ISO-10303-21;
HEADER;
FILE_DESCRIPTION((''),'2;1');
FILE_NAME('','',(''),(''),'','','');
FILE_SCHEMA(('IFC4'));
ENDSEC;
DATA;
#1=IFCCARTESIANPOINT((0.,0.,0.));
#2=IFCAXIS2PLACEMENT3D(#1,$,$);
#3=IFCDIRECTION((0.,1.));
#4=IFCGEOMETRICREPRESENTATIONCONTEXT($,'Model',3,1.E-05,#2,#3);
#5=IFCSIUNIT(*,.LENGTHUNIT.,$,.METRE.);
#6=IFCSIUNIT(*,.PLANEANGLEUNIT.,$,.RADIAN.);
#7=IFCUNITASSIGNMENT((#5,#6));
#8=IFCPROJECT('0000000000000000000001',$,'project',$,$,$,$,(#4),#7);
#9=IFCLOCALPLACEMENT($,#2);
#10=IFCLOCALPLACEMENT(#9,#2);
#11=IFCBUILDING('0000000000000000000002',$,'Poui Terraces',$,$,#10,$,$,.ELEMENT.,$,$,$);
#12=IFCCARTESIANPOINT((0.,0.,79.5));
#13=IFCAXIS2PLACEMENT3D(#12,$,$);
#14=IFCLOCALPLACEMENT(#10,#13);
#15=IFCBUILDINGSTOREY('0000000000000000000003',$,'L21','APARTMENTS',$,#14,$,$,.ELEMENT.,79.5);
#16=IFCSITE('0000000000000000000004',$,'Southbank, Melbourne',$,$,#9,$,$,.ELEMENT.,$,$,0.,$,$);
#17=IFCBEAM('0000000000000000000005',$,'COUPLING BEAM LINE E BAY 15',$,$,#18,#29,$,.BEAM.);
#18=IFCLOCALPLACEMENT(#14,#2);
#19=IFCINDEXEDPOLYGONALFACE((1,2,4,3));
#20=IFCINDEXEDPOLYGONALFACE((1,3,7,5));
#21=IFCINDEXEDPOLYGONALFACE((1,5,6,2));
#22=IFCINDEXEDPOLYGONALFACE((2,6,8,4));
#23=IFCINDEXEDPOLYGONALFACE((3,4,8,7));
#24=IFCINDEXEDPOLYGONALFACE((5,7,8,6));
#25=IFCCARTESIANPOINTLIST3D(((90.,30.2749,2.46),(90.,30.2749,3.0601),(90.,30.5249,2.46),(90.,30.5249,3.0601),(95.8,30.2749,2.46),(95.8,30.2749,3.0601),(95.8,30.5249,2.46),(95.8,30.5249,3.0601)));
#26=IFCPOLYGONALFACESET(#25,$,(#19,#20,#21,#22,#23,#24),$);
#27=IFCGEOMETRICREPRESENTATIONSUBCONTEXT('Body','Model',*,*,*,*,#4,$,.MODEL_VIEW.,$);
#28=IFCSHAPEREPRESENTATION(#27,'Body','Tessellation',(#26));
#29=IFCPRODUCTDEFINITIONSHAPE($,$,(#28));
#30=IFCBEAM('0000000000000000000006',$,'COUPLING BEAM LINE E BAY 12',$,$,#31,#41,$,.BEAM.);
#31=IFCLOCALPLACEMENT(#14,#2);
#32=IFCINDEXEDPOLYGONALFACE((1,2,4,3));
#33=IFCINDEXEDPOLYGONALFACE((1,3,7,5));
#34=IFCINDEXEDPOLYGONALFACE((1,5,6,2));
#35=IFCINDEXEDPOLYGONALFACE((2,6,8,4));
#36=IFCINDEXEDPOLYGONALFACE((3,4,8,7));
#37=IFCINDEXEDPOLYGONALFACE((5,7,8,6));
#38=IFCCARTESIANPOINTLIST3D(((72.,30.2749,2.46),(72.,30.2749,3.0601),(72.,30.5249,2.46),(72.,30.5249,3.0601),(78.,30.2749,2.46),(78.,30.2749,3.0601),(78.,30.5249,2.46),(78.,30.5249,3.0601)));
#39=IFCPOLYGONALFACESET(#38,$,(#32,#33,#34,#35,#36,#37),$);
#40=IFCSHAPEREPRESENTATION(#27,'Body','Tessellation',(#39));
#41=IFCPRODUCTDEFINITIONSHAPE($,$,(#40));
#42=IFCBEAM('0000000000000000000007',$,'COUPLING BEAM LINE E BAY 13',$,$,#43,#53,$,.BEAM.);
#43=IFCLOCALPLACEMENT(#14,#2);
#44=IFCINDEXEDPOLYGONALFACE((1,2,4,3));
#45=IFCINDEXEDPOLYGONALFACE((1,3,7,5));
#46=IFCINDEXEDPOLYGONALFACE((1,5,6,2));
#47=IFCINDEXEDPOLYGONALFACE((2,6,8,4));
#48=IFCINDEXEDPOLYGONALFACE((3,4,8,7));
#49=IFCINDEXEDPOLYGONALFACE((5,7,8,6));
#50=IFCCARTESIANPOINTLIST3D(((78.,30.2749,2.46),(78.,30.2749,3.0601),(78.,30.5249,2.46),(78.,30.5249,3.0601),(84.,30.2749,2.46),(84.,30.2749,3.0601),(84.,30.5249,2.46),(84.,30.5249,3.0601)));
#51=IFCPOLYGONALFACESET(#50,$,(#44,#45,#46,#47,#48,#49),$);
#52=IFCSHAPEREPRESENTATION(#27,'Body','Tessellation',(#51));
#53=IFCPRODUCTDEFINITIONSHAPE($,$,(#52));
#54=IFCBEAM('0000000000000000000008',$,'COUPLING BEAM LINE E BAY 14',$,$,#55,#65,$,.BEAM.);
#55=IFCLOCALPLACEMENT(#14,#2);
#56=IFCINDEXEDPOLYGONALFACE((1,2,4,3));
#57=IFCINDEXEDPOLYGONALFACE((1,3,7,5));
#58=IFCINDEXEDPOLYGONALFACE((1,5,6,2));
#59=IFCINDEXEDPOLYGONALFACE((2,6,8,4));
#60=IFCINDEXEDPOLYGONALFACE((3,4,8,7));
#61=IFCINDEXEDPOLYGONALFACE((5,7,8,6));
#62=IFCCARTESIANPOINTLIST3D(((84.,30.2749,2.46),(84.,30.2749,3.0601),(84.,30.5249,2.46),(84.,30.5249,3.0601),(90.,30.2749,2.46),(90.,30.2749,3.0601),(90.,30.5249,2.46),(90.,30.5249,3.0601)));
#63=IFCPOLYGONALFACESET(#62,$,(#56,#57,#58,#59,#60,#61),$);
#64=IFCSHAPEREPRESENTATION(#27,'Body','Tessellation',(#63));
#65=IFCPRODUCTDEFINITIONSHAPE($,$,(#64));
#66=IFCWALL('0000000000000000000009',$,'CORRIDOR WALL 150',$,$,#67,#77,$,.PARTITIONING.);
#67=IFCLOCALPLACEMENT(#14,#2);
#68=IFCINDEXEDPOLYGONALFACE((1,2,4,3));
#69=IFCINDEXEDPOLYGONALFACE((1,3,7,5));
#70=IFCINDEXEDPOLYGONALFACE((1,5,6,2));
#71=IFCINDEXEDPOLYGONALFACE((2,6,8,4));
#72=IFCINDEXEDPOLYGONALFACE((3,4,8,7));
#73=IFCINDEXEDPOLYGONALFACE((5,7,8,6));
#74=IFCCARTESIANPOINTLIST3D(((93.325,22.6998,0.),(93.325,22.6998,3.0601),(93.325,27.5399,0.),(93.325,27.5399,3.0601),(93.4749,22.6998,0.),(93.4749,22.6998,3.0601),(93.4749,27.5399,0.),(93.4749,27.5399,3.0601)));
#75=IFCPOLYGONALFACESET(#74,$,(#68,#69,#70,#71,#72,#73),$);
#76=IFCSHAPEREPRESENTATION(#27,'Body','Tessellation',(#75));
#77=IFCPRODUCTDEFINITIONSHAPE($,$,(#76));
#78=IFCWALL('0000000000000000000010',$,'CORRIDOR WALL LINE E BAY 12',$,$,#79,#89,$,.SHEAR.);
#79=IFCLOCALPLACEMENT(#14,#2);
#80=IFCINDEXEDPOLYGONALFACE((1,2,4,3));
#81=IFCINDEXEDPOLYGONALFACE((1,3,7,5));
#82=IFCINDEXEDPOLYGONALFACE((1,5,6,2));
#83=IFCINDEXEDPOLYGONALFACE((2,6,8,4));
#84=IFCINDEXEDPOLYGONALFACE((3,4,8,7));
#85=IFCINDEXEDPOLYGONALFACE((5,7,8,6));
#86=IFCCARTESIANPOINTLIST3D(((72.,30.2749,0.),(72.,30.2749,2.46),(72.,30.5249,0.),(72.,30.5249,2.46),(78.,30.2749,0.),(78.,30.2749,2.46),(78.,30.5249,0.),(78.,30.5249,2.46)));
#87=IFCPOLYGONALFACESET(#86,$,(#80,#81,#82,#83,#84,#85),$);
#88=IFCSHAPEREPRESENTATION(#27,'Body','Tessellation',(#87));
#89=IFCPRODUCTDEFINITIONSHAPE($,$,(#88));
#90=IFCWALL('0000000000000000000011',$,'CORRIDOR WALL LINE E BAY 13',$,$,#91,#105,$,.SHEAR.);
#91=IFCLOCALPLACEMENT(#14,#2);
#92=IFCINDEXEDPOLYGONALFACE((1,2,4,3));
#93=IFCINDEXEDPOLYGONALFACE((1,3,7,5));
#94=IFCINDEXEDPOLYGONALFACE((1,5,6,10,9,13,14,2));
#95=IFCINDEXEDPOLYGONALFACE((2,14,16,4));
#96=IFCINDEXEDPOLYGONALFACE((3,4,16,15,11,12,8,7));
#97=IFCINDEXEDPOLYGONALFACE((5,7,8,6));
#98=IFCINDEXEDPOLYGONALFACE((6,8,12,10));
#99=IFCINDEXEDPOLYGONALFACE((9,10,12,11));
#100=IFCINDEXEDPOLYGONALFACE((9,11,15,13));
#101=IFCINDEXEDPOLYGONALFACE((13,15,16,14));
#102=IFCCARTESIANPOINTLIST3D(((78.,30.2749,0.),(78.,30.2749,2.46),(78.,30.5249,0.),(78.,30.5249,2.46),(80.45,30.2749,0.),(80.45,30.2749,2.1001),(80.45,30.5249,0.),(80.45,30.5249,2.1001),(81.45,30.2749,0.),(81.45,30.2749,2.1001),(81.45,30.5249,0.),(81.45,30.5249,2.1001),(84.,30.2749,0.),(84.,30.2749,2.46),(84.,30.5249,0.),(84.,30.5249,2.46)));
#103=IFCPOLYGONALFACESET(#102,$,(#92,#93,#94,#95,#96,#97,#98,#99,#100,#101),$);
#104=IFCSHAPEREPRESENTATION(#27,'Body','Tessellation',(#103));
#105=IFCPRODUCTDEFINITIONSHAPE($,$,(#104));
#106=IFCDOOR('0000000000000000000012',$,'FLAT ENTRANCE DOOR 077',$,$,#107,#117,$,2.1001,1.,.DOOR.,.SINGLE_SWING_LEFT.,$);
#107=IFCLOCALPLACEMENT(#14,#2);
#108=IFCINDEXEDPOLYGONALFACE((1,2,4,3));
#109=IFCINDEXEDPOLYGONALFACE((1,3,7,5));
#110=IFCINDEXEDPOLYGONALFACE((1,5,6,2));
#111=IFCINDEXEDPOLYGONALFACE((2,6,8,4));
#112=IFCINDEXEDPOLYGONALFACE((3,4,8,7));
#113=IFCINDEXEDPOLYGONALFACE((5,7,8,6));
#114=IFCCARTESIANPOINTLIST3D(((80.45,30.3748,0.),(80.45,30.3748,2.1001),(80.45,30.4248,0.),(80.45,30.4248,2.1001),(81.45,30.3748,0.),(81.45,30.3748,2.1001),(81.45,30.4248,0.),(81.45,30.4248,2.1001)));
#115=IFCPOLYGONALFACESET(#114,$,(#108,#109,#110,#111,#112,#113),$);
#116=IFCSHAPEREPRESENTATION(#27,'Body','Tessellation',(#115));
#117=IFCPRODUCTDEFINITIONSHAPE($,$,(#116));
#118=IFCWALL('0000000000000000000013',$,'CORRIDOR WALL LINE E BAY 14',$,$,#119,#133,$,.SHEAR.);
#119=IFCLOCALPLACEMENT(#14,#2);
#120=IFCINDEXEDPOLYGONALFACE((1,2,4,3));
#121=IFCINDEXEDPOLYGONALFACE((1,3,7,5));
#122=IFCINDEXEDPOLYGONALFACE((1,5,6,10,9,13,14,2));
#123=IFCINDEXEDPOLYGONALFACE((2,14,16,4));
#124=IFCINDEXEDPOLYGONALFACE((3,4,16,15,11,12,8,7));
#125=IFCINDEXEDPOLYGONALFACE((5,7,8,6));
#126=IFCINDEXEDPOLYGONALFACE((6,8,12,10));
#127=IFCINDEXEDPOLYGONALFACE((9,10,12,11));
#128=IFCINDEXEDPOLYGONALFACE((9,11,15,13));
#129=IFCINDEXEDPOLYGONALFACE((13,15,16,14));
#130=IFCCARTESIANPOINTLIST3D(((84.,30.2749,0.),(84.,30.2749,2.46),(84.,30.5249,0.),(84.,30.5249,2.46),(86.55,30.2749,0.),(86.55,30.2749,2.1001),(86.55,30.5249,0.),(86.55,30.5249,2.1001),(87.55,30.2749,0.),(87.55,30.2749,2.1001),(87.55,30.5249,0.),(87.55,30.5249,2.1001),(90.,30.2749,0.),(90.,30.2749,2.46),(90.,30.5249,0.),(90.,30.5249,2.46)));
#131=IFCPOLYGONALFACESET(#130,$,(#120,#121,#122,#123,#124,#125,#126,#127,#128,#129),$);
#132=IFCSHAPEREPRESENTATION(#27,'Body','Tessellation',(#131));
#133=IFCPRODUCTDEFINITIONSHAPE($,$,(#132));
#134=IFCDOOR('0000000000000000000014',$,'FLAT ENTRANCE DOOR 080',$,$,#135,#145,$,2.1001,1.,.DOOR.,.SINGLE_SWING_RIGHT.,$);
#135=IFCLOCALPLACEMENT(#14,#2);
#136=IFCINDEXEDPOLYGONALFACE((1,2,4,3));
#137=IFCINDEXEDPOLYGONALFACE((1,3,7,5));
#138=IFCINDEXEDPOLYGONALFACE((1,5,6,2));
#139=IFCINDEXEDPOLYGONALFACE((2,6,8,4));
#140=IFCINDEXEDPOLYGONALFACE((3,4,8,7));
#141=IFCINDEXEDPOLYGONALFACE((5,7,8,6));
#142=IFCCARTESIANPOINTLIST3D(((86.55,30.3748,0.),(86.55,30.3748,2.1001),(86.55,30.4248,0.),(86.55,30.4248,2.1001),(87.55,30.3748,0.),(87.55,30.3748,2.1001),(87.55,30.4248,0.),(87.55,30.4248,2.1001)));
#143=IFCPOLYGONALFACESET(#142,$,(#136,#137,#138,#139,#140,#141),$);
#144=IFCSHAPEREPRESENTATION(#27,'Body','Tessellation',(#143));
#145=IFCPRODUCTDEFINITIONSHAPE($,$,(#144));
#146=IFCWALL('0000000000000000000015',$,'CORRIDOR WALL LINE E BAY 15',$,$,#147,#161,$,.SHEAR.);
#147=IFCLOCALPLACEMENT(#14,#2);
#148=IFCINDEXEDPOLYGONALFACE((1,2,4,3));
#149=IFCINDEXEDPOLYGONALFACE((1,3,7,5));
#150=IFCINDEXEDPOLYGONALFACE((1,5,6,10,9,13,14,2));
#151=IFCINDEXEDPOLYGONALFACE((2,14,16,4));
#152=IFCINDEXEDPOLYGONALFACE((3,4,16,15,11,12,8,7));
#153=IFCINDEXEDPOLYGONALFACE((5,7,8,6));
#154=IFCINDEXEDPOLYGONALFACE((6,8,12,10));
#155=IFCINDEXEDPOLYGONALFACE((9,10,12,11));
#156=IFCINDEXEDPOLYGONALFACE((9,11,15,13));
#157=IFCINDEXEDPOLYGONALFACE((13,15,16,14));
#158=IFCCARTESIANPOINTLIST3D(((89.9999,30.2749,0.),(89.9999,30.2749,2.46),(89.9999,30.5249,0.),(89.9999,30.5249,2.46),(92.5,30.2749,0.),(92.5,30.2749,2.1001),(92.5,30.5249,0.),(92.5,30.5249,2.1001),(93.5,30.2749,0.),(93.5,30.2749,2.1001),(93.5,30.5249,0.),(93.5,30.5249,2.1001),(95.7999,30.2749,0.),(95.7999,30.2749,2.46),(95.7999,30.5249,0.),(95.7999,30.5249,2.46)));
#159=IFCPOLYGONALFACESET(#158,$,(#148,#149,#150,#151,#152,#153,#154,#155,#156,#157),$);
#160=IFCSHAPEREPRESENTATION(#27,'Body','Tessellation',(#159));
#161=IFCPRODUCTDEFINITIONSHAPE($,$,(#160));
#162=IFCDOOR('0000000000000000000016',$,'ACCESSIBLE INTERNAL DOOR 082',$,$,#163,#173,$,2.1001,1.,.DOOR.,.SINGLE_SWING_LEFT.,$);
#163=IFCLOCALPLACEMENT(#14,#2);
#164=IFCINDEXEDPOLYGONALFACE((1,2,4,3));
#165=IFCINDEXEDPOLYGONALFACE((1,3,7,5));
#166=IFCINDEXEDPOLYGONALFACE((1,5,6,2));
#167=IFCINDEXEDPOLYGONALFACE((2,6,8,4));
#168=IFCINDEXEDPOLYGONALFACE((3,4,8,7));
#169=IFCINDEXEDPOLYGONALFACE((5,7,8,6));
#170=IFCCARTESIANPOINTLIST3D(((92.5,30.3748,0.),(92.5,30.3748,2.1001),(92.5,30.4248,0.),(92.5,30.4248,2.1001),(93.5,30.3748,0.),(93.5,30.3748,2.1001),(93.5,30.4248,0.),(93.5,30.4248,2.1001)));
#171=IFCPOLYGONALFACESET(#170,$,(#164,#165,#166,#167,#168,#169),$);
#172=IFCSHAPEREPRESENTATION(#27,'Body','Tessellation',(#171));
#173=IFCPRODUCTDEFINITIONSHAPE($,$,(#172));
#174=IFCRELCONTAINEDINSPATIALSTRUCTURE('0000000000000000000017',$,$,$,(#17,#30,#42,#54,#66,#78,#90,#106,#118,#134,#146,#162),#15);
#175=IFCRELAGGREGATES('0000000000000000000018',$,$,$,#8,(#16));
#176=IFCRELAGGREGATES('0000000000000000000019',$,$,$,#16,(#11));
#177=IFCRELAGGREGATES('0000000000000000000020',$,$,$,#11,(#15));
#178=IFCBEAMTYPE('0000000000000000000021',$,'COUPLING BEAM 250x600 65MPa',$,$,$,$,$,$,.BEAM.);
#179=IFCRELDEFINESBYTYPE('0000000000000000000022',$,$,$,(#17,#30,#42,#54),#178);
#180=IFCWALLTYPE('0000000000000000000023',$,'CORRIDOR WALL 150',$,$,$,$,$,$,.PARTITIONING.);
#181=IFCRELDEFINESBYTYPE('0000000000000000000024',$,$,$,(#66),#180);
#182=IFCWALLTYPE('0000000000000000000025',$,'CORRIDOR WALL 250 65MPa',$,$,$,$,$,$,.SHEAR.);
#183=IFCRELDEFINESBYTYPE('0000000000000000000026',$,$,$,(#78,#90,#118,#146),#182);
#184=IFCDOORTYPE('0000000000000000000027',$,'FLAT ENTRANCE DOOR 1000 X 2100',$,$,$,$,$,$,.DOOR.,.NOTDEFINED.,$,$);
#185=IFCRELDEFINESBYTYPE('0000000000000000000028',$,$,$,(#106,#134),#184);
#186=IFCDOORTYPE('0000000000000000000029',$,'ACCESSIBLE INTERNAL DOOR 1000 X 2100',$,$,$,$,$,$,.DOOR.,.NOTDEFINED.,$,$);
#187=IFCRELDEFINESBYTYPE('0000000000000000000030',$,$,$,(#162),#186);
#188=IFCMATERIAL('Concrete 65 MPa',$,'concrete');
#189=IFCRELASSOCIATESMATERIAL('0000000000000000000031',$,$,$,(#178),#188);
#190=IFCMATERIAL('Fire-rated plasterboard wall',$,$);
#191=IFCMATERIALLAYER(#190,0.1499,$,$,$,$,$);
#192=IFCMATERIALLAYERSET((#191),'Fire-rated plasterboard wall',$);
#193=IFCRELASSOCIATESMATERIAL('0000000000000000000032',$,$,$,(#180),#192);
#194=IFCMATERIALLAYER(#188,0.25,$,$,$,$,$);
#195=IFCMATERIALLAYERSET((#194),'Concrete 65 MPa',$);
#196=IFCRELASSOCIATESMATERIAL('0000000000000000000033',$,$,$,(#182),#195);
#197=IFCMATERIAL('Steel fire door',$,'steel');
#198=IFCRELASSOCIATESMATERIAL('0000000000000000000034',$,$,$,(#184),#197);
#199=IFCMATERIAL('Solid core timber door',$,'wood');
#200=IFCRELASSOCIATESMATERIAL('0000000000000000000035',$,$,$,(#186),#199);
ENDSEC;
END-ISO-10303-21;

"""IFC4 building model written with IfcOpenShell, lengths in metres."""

from ifc_helpers import new_model, si_unit, direction, frame, frame_2d, origin, origin_2d, place, context, subcontext, project, spatial, rectangle, extrude, source, transform, mapped, material, layer, layer_set, material_profile, profile_set, type_object, element, fill, save


model = new_model("IFC4")

# Units and contexts
model_context = context("Model", 3, precision=1e-05, world=origin(), true_north=direction((0.0, 1.0)))
body_context = subcontext(model_context, "Body", "Model", "MODEL_VIEW")
ifc_project = project(units=[si_unit("LENGTHUNIT", "METRE"), si_unit("PLANEANGLEUNIT", "RADIAN")], contexts=[model_context])

# Site, building, storey
site_placement = place(None, origin())
site = spatial("IfcSite", under=ifc_project, at=site_placement, Name="Southbank, Melbourne", CompositionType="ELEMENT", RefElevation=0.0)
building_placement = place(site_placement, origin())
building = spatial("IfcBuilding", under=site, at=building_placement, Name="Poui Terraces", CompositionType="ELEMENT")
storey_placement = place(building_placement, frame((0.0, 0.0, 79.5)))
storey = spatial("IfcBuildingStorey", under=building, at=storey_placement, Name="L21", Description="APARTMENTS", CompositionType="ELEMENT", Elevation=79.5)

# Beams
ifc_material_1 = material(Name="Concrete 65 MPa", Category="concrete")
ifc_material_profile = material_profile(ifc_material_1, rectangle(XDim=0.25, YDim=0.6001, at=origin_2d()), Name="RC 250x600")
ifc_profile_set = profile_set([ifc_material_profile], Name="Concrete 65 MPa")
beam_type = type_object("IfcBeamType", Name="COUPLING BEAM 250x600 65MPa", PredefinedType="BEAM", material=ifc_profile_set)
shared_shape_1 = source(origin(), body_context, "Body", "SweptSolid", [
    extrude(rectangle(XDim=0.25, YDim=0.6001, at=origin_2d()), origin(), (0.0, 0.0, 1.0), 5.8),
])
beam_placement = place(storey_placement, frame((90.0, 30.3999, 2.76), z_axis=(1.0, 0.0, 0.0), x_axis=(0.0, 1.0, 0.0)))
element("IfcBeam", 1, at=beam_placement, inside=storey, type_object=beam_type, Name="COUPLING BEAM LINE E BAY 15", PredefinedType="BEAM", context=body_context, shape_type="MappedRepresentation", body=[
    mapped(shared_shape_1, transform((0.0, 0.0, 0.0))),
])
shared_shape_2 = source(origin(), body_context, "Body", "SweptSolid", [
    extrude(rectangle(XDim=0.25, YDim=0.6001, at=origin_2d()), origin(), (0.0, 0.0, 1.0), 6.0),
])
for number, where, z_axis, x_axis, name in (
    (2, (72.0, 30.3999, 2.76), (1.0, 0.0, 0.0), (0.0, 1.0, 0.0), "COUPLING BEAM LINE E BAY 12"),
    (3, (78.0, 30.3999, 2.76), (1.0, 0.0, 0.0), (0.0, 1.0, 0.0), "COUPLING BEAM LINE E BAY 13"),
    (4, (84.0, 30.3999, 2.76), (1.0, 0.0, 0.0), (0.0, 1.0, 0.0), "COUPLING BEAM LINE E BAY 14"),
):
    element("IfcBeam", number, at=place(storey_placement, frame(where, z_axis=z_axis, x_axis=x_axis)), inside=storey, type_object=beam_type, Name=name, PredefinedType="BEAM", context=body_context, shape_type="MappedRepresentation", body=[
        mapped(shared_shape_2, transform((0.0, 0.0, 0.0))),
    ])

# Walls
ifc_material_2 = material(Name="Fire-rated plasterboard wall")
ifc_layer_1 = layer(ifc_material_2, 0.1499)
ifc_layer_set_1 = layer_set([ifc_layer_1], Name="Fire-rated plasterboard wall")
wall_type_1 = type_object("IfcWallType", Name="CORRIDOR WALL 150", PredefinedType="PARTITIONING", material=ifc_layer_set_1)
wall_1_placement = place(storey_placement, frame((93.3999, 22.7, 0.0), z_axis=(0.0, 0.0, 1.0), x_axis=(0.0, 1.0, 0.0)))
element("IfcWall", 5, at=wall_1_placement, inside=storey, type_object=wall_type_1, Name="CORRIDOR WALL 150", PredefinedType="PARTITIONING", context=body_context, shape_type="SweptSolid", body=[
    extrude(rectangle(XDim=4.8401, YDim=0.1499, at=frame_2d((2.4199, 0.0))), origin(), (0.0, 0.0, 1.0), 3.0601),
])
ifc_layer_2 = layer(ifc_material_1, 0.25)
ifc_layer_set_2 = layer_set([ifc_layer_2], Name="Concrete 65 MPa")
wall_type_2 = type_object("IfcWallType", Name="CORRIDOR WALL 250 65MPa", PredefinedType="SHEAR", material=ifc_layer_set_2)
wall_2_placement = place(storey_placement, frame((72.0, 30.3999, 0.0), z_axis=(0.0, 0.0, 1.0), x_axis=(1.0, 0.0, 0.0)))
element("IfcWall", 6, at=wall_2_placement, inside=storey, type_object=wall_type_2, Name="CORRIDOR WALL LINE E BAY 12", PredefinedType="SHEAR", context=body_context, shape_type="SweptSolid", body=[
    extrude(rectangle(XDim=6.0, YDim=0.25, at=frame_2d((3.0, 0.0))), origin(), (0.0, 0.0, 1.0), 2.46),
])

# Walls, openings, doors
wall_3_placement = place(storey_placement, frame((78.0, 30.3999, 0.0), z_axis=(0.0, 0.0, 1.0), x_axis=(1.0, 0.0, 0.0)))
wall_3 = element("IfcWall", 7, at=wall_3_placement, inside=storey, type_object=wall_type_2, Name="CORRIDOR WALL LINE E BAY 13", PredefinedType="SHEAR", context=body_context, shape_type="SweptSolid", body=[
    extrude(rectangle(XDim=6.0, YDim=0.25, at=frame_2d((3.0, 0.0))), origin(), (0.0, 0.0, 1.0), 2.46),
])
opening_1_placement = place(wall_3_placement, frame((2.45, 0.0, 0.0)))
opening_1 = element("IfcOpeningElement", 8, at=opening_1_placement, cuts=wall_3, PredefinedType="OPENING", context=body_context, shape_type="SweptSolid", body=[
    extrude(rectangle(XDim=1.0, YDim=2.1001, at=frame_2d((0.5, 1.05))), frame((0.0, 0.135, 0.0), z_axis=(0.0, -1.0, 0.0), x_axis=(1.0, 0.0, 0.0)), (0.0, 0.0, 1.0), 0.27),
])
ifc_material_3 = material(Name="Steel fire door", Category="steel")
door_type_1 = type_object("IfcDoorType", Name="FLAT ENTRANCE DOOR 1000 X 2100", OperationType="NOTDEFINED", PredefinedType="DOOR", material=ifc_material_3)
door_1_placement = place(opening_1_placement, origin())
door_1 = element("IfcDoor", 9, at=door_1_placement, inside=storey, type_object=door_type_1, Name="FLAT ENTRANCE DOOR 077", OperationType="SINGLE_SWING_LEFT", OverallHeight=2.1001, OverallWidth=1.0, PredefinedType="DOOR", context=body_context, shape_type="SweptSolid", body=[
    extrude(rectangle(XDim=1.0, YDim=2.1001, at=frame_2d((0.5, 1.05))), frame((0.0, 0.0249, 0.0), z_axis=(0.0, -1.0, 0.0), x_axis=(1.0, 0.0, 0.0)), (0.0, 0.0, 1.0), 0.05),
])
fill(opening_1, door_1)
wall_4_placement = place(storey_placement, frame((84.0, 30.3999, 0.0), z_axis=(0.0, 0.0, 1.0), x_axis=(1.0, 0.0, 0.0)))
wall_4 = element("IfcWall", 10, at=wall_4_placement, inside=storey, type_object=wall_type_2, Name="CORRIDOR WALL LINE E BAY 14", PredefinedType="SHEAR", context=body_context, shape_type="SweptSolid", body=[
    extrude(rectangle(XDim=6.0, YDim=0.25, at=frame_2d((3.0, 0.0))), origin(), (0.0, 0.0, 1.0), 2.46),
])
opening_2_placement = place(wall_4_placement, frame((2.55, 0.0, 0.0)))
opening_2 = element("IfcOpeningElement", 11, at=opening_2_placement, cuts=wall_4, PredefinedType="OPENING", context=body_context, shape_type="SweptSolid", body=[
    extrude(rectangle(XDim=1.0, YDim=2.1001, at=frame_2d((0.5, 1.05))), frame((0.0, 0.135, 0.0), z_axis=(0.0, -1.0, 0.0), x_axis=(1.0, 0.0, 0.0)), (0.0, 0.0, 1.0), 0.27),
])
door_2_placement = place(opening_2_placement, origin())
door_2 = element("IfcDoor", 12, at=door_2_placement, inside=storey, type_object=door_type_1, Name="FLAT ENTRANCE DOOR 080", OperationType="SINGLE_SWING_RIGHT", OverallHeight=2.1001, OverallWidth=1.0, PredefinedType="DOOR", context=body_context, shape_type="SweptSolid", body=[
    extrude(rectangle(XDim=1.0, YDim=2.1001, at=frame_2d((0.5, 1.05))), frame((0.0, 0.0249, 0.0), z_axis=(0.0, -1.0, 0.0), x_axis=(1.0, 0.0, 0.0)), (0.0, 0.0, 1.0), 0.05),
])
fill(opening_2, door_2)
wall_5_placement = place(storey_placement, frame((90.0, 30.3999, 0.0), z_axis=(0.0, 0.0, 1.0), x_axis=(1.0, 0.0, 0.0)))
wall_5 = element("IfcWall", 13, at=wall_5_placement, inside=storey, type_object=wall_type_2, Name="CORRIDOR WALL LINE E BAY 15", PredefinedType="SHEAR", context=body_context, shape_type="SweptSolid", body=[
    extrude(rectangle(XDim=5.8, YDim=0.25, at=frame_2d((2.8999, 0.0))), origin(), (0.0, 0.0, 1.0), 2.46),
])
opening_3_placement = place(wall_5_placement, frame((2.5, 0.0, 0.0)))
opening_3 = element("IfcOpeningElement", 14, at=opening_3_placement, cuts=wall_5, PredefinedType="OPENING", context=body_context, shape_type="SweptSolid", body=[
    extrude(rectangle(XDim=1.0, YDim=2.1001, at=frame_2d((0.5, 1.05))), frame((0.0, 0.135, 0.0), z_axis=(0.0, -1.0, 0.0), x_axis=(1.0, 0.0, 0.0)), (0.0, 0.0, 1.0), 0.27),
])
ifc_material_4 = material(Name="Solid core timber door", Category="wood")
door_type_2 = type_object("IfcDoorType", Name="ACCESSIBLE INTERNAL DOOR 1000 X 2100", OperationType="NOTDEFINED", PredefinedType="DOOR", material=ifc_material_4)
door_3_placement = place(opening_3_placement, origin())
door_3 = element("IfcDoor", 15, at=door_3_placement, inside=storey, type_object=door_type_2, Name="ACCESSIBLE INTERNAL DOOR 082", OperationType="SINGLE_SWING_LEFT", OverallHeight=2.1001, OverallWidth=1.0, PredefinedType="DOOR", context=body_context, shape_type="SweptSolid", body=[
    extrude(rectangle(XDim=1.0, YDim=2.1001, at=frame_2d((0.5, 1.05))), frame((0.0, 0.0249, 0.0), z_axis=(0.0, -1.0, 0.0), x_axis=(1.0, 0.0, 0.0)), (0.0, 0.0, 1.0), 0.05),
])
fill(opening_3, door_3)

save(model, "model.ifc")
